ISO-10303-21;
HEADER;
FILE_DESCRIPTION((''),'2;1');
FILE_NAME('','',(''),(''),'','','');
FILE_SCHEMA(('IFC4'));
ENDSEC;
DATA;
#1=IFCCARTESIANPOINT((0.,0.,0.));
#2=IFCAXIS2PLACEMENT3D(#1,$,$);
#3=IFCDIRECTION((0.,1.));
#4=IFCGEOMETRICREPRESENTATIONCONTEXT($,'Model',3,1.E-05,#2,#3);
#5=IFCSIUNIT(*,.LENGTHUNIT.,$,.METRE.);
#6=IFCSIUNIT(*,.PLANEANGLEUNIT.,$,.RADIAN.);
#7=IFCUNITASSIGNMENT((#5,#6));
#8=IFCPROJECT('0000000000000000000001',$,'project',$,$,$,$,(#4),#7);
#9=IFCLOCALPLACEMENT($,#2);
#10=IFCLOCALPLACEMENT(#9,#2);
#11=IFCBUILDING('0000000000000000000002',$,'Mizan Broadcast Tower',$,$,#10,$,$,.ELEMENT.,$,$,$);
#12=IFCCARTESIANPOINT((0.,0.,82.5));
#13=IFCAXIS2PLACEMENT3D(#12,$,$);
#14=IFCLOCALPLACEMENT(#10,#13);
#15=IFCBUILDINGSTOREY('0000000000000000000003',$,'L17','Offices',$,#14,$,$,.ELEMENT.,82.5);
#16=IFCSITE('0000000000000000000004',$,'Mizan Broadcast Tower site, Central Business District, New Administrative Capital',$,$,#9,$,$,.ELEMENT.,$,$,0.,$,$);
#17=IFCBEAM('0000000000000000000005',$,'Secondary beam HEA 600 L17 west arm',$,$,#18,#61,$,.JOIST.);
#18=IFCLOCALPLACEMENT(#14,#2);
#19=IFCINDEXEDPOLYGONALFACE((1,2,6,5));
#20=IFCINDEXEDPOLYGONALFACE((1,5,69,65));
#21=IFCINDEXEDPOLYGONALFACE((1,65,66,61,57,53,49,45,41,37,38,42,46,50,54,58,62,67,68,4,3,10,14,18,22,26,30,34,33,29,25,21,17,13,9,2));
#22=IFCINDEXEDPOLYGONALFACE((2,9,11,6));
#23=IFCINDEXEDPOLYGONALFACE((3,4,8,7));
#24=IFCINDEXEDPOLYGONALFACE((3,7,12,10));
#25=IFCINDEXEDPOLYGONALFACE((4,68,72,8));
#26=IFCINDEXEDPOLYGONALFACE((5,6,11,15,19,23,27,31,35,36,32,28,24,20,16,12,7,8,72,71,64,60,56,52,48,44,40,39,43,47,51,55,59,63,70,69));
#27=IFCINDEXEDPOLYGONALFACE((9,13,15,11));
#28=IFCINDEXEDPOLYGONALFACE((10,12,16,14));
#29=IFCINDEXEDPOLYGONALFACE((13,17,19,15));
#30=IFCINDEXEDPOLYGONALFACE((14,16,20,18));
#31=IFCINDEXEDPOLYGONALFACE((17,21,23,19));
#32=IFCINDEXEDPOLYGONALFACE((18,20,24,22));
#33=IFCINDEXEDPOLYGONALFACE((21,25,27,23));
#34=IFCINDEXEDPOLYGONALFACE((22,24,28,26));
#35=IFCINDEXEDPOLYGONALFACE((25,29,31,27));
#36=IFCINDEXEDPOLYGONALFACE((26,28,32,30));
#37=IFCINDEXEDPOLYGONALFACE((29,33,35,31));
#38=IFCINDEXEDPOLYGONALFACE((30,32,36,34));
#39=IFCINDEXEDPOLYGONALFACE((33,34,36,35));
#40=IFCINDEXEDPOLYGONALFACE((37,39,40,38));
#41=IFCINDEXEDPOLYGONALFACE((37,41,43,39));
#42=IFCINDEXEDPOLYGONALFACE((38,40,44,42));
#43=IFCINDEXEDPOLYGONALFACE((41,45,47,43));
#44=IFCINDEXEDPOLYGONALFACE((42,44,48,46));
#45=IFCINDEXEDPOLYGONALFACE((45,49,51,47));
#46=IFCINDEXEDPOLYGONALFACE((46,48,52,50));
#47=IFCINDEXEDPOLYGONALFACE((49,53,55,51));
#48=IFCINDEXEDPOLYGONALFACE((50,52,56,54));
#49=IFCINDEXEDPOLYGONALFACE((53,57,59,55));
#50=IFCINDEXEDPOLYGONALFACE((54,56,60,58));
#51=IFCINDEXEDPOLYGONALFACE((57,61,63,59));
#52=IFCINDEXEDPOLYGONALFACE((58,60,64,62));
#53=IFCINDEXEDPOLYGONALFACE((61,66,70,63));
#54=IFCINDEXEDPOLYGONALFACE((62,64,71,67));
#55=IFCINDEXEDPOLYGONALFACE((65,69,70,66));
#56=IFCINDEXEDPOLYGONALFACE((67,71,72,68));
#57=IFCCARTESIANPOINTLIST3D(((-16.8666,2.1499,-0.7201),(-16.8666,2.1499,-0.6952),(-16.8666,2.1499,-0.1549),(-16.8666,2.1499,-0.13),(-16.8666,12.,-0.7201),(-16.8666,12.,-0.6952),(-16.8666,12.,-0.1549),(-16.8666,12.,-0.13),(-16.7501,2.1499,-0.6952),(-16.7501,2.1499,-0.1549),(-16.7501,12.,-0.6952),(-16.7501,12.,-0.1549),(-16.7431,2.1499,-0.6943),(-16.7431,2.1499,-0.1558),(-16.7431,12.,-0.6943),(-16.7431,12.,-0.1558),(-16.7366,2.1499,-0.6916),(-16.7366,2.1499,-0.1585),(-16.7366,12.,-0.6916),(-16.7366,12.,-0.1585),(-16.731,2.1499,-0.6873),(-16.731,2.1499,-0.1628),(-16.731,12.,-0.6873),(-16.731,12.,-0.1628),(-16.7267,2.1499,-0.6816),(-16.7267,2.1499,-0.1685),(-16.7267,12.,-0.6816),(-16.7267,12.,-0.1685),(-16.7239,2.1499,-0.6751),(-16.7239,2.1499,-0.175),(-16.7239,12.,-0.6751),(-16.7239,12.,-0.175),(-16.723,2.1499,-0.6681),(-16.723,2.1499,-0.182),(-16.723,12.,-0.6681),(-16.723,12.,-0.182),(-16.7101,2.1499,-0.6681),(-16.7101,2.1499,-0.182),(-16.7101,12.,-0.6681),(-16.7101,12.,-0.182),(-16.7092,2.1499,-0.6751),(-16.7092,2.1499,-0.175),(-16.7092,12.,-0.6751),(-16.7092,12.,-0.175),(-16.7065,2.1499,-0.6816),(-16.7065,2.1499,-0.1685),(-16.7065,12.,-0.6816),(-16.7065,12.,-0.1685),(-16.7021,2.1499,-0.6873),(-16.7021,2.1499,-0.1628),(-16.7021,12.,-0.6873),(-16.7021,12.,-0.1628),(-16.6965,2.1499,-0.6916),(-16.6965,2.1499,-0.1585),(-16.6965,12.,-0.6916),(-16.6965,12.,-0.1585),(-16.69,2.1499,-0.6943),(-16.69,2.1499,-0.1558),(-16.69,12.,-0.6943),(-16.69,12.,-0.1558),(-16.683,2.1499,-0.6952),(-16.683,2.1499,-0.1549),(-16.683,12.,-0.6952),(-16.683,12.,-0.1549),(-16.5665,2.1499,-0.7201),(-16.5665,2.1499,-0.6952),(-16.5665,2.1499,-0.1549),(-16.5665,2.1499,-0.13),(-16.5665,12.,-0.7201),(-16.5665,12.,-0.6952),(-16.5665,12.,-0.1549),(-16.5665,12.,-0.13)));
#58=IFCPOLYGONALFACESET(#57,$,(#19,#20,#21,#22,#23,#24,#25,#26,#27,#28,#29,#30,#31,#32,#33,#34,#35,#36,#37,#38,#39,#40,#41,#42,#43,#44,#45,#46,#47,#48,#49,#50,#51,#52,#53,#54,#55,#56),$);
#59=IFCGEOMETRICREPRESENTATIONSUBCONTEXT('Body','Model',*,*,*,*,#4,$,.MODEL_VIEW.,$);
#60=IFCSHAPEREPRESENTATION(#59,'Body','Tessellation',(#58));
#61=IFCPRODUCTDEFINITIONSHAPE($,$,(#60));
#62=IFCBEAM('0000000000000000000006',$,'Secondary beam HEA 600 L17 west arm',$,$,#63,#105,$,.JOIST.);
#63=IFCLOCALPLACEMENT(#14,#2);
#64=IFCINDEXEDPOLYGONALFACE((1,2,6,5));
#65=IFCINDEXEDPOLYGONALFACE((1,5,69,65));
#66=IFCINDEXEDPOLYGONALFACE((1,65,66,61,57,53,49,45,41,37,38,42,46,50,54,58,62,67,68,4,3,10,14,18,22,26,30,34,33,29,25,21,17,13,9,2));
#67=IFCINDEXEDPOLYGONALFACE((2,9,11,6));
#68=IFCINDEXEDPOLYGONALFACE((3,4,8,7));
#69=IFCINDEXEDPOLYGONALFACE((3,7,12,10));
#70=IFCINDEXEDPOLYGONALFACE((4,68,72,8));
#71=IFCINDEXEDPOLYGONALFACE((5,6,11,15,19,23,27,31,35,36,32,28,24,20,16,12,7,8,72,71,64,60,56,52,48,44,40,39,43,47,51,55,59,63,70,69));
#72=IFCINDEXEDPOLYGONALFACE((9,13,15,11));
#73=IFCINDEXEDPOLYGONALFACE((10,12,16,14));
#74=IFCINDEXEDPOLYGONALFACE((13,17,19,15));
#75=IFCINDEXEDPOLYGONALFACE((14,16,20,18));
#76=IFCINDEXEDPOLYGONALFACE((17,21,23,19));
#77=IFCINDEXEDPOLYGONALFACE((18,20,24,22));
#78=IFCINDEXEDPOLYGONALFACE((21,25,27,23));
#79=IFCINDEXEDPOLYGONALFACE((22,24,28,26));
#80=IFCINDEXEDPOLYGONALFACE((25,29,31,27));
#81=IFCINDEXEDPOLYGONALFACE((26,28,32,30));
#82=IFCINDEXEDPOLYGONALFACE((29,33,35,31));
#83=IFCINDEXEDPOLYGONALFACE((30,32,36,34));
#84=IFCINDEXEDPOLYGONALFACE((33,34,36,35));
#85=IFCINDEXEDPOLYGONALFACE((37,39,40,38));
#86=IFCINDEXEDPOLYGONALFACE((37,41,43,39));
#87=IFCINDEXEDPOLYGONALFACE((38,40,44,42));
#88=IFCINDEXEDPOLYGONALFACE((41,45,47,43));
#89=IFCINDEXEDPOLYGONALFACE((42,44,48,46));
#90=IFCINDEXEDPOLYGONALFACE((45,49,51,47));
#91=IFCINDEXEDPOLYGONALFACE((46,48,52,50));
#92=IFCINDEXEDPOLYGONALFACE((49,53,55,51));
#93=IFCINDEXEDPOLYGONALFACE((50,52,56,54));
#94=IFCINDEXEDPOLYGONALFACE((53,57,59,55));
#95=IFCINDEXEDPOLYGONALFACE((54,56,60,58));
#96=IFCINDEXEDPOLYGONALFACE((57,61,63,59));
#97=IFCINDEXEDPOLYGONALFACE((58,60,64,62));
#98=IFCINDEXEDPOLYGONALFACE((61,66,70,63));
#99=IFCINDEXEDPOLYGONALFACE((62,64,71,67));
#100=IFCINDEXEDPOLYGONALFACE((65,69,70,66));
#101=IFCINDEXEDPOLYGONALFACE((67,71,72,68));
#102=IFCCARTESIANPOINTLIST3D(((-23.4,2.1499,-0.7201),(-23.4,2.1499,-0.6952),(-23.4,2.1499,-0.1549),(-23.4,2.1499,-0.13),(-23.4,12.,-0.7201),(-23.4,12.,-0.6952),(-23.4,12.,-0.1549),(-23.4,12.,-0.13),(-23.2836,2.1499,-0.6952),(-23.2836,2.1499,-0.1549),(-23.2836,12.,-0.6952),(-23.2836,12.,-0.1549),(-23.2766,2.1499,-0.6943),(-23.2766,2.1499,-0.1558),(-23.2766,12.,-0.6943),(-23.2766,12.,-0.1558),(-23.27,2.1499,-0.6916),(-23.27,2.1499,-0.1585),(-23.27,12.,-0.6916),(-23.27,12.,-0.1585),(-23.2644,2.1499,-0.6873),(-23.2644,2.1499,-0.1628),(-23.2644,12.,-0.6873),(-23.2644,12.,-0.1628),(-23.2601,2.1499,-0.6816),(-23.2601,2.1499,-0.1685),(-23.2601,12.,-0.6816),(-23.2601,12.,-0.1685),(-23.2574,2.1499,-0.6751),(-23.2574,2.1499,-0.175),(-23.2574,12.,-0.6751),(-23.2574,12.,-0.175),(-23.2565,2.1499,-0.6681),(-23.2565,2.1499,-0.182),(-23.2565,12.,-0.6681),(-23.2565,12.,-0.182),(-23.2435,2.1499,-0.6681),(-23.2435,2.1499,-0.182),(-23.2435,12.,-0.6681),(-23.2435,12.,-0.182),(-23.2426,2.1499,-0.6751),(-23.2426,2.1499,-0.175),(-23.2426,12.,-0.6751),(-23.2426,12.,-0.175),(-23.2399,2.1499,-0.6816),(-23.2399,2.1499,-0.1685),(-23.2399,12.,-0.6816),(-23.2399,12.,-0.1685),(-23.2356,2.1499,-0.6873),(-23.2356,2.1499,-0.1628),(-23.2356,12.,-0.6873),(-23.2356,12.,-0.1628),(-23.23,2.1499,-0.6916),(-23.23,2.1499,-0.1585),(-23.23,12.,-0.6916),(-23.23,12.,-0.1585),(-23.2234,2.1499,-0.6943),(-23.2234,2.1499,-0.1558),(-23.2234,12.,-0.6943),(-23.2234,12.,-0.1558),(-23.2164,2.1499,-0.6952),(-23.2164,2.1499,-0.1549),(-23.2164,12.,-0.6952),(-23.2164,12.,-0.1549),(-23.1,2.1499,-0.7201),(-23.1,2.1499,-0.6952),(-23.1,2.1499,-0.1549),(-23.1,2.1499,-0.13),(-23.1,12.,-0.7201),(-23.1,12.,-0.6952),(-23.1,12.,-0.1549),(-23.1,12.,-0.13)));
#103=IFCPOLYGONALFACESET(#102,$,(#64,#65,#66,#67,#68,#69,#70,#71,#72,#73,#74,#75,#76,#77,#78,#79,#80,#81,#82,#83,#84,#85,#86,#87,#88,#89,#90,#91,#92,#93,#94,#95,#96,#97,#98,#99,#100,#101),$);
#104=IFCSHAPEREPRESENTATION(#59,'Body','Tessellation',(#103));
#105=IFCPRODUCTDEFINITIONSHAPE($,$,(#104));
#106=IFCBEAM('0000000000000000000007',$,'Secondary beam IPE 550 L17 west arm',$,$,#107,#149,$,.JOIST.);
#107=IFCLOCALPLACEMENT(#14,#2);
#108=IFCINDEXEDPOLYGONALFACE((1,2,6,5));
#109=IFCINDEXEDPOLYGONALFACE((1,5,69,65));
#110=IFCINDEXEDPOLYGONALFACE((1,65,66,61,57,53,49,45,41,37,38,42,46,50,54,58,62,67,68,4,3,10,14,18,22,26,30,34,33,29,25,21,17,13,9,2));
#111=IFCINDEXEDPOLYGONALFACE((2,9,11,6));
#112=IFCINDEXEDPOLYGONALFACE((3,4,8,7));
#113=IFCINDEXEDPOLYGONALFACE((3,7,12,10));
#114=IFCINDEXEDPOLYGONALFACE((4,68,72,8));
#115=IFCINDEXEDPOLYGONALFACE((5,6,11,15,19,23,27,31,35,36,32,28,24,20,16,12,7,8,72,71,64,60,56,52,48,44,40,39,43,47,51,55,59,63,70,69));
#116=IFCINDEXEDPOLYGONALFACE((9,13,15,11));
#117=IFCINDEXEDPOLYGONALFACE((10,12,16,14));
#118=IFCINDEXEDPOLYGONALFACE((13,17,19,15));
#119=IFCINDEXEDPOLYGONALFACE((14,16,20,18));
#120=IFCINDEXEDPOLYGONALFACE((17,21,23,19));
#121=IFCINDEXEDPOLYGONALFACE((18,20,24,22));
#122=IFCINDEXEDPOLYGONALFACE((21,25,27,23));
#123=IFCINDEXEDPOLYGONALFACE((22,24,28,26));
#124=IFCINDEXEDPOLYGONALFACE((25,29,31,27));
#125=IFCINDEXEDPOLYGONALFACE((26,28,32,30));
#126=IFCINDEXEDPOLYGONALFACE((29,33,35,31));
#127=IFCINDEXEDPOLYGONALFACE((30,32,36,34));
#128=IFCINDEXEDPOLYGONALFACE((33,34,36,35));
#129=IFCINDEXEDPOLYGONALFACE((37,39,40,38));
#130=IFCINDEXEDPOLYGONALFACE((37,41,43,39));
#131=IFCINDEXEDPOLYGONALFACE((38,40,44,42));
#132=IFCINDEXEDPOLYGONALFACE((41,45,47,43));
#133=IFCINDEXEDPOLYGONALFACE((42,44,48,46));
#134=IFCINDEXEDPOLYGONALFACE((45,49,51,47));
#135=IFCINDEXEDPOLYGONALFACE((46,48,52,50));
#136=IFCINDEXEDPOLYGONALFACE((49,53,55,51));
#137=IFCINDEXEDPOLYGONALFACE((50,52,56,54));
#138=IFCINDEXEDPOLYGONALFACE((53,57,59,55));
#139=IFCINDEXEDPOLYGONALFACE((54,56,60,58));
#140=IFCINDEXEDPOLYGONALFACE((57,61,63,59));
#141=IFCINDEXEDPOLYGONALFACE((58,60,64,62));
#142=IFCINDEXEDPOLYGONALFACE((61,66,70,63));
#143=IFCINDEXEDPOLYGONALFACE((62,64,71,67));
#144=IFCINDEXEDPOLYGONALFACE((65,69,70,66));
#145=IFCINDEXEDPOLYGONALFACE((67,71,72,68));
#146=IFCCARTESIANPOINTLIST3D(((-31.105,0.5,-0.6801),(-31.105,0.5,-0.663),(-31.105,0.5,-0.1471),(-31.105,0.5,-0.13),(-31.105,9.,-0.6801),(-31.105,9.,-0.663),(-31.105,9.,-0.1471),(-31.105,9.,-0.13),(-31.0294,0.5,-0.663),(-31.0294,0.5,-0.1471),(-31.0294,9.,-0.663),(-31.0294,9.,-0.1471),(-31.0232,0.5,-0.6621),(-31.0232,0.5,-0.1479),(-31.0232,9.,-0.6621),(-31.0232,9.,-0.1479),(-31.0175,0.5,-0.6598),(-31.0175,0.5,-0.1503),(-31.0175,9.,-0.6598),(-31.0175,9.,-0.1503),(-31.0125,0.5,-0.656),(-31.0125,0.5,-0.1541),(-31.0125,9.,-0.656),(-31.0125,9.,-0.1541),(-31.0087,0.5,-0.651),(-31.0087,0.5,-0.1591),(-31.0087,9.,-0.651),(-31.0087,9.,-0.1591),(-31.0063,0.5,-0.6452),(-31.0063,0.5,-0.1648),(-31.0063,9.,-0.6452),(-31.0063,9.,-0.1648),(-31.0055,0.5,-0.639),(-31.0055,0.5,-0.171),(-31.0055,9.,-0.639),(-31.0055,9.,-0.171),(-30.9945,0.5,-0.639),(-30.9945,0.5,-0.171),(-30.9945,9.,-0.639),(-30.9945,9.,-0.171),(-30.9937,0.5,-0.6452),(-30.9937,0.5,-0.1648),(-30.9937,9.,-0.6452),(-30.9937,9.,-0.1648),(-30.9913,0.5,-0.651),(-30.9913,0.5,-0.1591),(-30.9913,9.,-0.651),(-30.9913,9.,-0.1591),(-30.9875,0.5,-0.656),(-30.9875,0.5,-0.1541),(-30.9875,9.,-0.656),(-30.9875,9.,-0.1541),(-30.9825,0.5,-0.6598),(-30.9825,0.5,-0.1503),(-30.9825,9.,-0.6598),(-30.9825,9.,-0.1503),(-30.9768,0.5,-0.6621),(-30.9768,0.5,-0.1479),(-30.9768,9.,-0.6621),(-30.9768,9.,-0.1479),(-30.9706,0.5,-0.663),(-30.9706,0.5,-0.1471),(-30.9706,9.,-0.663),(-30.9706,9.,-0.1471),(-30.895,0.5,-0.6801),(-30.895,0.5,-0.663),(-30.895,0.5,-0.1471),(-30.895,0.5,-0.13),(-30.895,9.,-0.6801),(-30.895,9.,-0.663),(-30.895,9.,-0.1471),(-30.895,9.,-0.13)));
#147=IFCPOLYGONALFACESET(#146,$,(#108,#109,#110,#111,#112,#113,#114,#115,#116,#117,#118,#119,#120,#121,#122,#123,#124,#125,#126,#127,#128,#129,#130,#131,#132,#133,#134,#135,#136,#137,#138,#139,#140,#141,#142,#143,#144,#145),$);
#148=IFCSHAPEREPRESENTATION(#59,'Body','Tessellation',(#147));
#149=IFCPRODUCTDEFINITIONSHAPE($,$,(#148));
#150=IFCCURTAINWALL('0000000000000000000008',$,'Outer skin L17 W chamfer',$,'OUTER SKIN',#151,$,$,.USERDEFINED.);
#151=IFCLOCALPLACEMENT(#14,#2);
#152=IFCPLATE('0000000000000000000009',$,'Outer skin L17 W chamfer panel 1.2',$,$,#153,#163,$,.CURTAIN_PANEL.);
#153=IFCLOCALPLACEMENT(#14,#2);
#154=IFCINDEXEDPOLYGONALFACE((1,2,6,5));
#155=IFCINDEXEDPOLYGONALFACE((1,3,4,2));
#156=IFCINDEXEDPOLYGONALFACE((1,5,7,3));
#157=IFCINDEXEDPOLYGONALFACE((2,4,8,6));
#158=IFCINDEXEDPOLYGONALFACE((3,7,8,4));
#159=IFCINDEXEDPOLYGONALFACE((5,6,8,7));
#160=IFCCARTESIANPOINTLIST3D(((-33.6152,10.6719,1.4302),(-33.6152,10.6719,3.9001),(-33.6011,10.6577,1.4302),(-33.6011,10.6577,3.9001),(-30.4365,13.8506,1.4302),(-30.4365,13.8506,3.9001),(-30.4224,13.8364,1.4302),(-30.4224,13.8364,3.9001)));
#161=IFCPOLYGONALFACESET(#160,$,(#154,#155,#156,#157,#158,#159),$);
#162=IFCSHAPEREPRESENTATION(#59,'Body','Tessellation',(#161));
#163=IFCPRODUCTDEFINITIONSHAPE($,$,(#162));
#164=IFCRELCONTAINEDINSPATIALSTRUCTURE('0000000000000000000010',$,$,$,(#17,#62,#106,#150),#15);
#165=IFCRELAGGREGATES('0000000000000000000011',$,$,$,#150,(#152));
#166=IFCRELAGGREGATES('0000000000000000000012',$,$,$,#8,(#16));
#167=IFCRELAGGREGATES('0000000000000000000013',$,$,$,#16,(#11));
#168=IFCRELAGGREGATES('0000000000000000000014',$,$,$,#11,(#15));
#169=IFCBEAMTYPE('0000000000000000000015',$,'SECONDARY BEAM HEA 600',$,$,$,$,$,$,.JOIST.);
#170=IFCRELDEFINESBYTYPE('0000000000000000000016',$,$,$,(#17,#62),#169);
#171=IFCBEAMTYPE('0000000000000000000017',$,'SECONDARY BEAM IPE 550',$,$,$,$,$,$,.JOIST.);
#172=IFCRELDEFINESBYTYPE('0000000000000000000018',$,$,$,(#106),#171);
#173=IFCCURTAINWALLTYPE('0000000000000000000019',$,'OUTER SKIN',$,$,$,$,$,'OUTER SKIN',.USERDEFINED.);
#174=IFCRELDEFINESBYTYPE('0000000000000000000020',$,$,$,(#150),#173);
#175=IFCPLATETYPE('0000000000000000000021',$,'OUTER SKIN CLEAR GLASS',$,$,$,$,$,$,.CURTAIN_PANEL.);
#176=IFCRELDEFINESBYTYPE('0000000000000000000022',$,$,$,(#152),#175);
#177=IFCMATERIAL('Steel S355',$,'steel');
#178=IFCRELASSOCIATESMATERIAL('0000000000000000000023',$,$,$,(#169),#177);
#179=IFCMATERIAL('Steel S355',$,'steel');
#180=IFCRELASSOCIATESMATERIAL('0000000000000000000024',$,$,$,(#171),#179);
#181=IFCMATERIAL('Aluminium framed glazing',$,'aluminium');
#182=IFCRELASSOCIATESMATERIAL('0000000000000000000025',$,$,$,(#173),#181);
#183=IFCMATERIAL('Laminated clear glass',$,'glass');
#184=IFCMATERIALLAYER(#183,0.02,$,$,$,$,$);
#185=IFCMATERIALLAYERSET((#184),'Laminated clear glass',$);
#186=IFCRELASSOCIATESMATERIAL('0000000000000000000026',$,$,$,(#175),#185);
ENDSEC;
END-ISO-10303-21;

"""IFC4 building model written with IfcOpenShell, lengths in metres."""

from ifc_helpers import new_model, si_unit, direction, frame, origin, origin_2d, place, context, subcontext, project, spatial, rectangle, i_section, extrude, material, layer, layer_set, material_profile, profile_set, type_object, element, aggregate, save


model = new_model("IFC4")

# Units and contexts
model_context = context("Model", 3, precision=1e-05, world=origin(), true_north=direction((0.0, 1.0)))
body_context = subcontext(model_context, "Body", "Model", "MODEL_VIEW")
ifc_project = project(units=[si_unit("LENGTHUNIT", "METRE"), si_unit("PLANEANGLEUNIT", "RADIAN")], contexts=[model_context])

# Site, building, storey
site_placement = place(None, origin())
site = spatial("IfcSite", under=ifc_project, at=site_placement, Name="Mizan Broadcast Tower site, Central Business District, New Administrative Capital", CompositionType="ELEMENT", RefElevation=0.0)
building_placement = place(site_placement, origin())
building = spatial("IfcBuilding", under=site, at=building_placement, Name="Mizan Broadcast Tower", CompositionType="ELEMENT")
storey_placement = place(building_placement, frame((0.0, 0.0, 82.5)))
storey = spatial("IfcBuildingStorey", under=building, at=storey_placement, Name="L17", Description="Offices", CompositionType="ELEMENT", Elevation=82.5)

# Beams
ifc_material_1 = material(Name="Steel S355", Category="steel")
ifc_material_profile_1 = material_profile(ifc_material_1, i_section(OverallWidth=0.3, OverallDepth=0.5901, WebThickness=0.0129, FlangeThickness=0.0249, FilletRadius=0.0271, at=origin_2d()), Name="HEA 600")
ifc_profile_set_1 = profile_set([ifc_material_profile_1], Name="Steel S355")
beam_type_1 = type_object("IfcBeamType", Name="SECONDARY BEAM HEA 600", PredefinedType="JOIST", material=ifc_profile_set_1)
for number, where, z_axis, x_axis, name in (
    (1, (-16.7166, 12.0, -0.425), (0.0, -1.0, 0.0), (1.0, 0.0, 0.0), "Secondary beam HEA 600 L17 west arm"),
    (2, (-23.25, 12.0, -0.425), (0.0, -1.0, 0.0), (1.0, 0.0, 0.0), "Secondary beam HEA 600 L17 west arm"),
):
    element("IfcBeam", number, at=place(storey_placement, frame(where, z_axis=z_axis, x_axis=x_axis)), inside=storey, type_object=beam_type_1, Name=name, PredefinedType="JOIST", context=body_context, shape_type="SweptSolid", body=[
        extrude(i_section(OverallWidth=0.3, OverallDepth=0.5901, WebThickness=0.0129, FlangeThickness=0.0249, FilletRadius=0.0271, at=origin_2d()), origin(), (0.0, 0.0, 1.0), 9.8501),
    ])
ifc_material_2 = material(Name="Steel S355", Category="steel")
ifc_material_profile_2 = material_profile(ifc_material_2, i_section(OverallWidth=0.21, OverallDepth=0.55, WebThickness=0.011, FlangeThickness=0.0171, FilletRadius=0.0239, at=origin_2d()), Name="IPE 550")
ifc_profile_set_2 = profile_set([ifc_material_profile_2], Name="Steel S355")
beam_type_2 = type_object("IfcBeamType", Name="SECONDARY BEAM IPE 550", PredefinedType="JOIST", material=ifc_profile_set_2)
beam_1_placement = place(storey_placement, frame((-31.0, 9.0, -0.405), z_axis=(0.0, -1.0, 0.0), x_axis=(1.0, 0.0, 0.0)))
element("IfcBeam", 3, at=beam_1_placement, inside=storey, type_object=beam_type_2, Name="Secondary beam IPE 550 L17 west arm", PredefinedType="JOIST", context=body_context, shape_type="SweptSolid", body=[
    extrude(i_section(OverallWidth=0.21, OverallDepth=0.55, WebThickness=0.011, FlangeThickness=0.0171, FilletRadius=0.0239, at=origin_2d()), origin(), (0.0, 0.0, 1.0), 8.5),
])

# Curtain wall, plate
ifc_material_3 = material(Name="Aluminium framed glazing", Category="aluminium")
curtain_wall_type = type_object("IfcCurtainWallType", Name="OUTER SKIN", ElementType="OUTER SKIN", PredefinedType="USERDEFINED", material=ifc_material_3)
curtain_wall_placement = place(storey_placement, origin())
curtain_wall = element("IfcCurtainWall", 4, at=curtain_wall_placement, inside=storey, type_object=curtain_wall_type, Name="Outer skin L17 W chamfer", ObjectType="OUTER SKIN", PredefinedType="USERDEFINED")
ifc_material_4 = material(Name="Laminated clear glass", Category="glass")
ifc_layer_1 = layer(ifc_material_4, 0.02)
ifc_layer_set_1 = layer_set([ifc_layer_1], Name="Laminated clear glass")
plate_type = type_object("IfcPlateType", Name="OUTER SKIN CLEAR GLASS", PredefinedType="CURTAIN_PANEL", material=ifc_layer_set_1)
plate_placement = place(storey_placement, frame((-32.0188, 12.2542, 1.4302), z_axis=(0.0, 0.0, 1.0), x_axis=(-0.707107, -0.707107, 0.0)))
plate = element("IfcPlate", 5, at=plate_placement, type_object=plate_type, Name="Outer skin L17 W chamfer panel 1.2", PredefinedType="CURTAIN_PANEL", context=body_context, shape_type="SweptSolid", body=[
    extrude(rectangle(XDim=4.4954, YDim=0.02, at=origin_2d()), origin(), (0.0, 0.0, 1.0), 2.47),
])
aggregate(curtain_wall, [plate])

save(model, "model.ifc")
